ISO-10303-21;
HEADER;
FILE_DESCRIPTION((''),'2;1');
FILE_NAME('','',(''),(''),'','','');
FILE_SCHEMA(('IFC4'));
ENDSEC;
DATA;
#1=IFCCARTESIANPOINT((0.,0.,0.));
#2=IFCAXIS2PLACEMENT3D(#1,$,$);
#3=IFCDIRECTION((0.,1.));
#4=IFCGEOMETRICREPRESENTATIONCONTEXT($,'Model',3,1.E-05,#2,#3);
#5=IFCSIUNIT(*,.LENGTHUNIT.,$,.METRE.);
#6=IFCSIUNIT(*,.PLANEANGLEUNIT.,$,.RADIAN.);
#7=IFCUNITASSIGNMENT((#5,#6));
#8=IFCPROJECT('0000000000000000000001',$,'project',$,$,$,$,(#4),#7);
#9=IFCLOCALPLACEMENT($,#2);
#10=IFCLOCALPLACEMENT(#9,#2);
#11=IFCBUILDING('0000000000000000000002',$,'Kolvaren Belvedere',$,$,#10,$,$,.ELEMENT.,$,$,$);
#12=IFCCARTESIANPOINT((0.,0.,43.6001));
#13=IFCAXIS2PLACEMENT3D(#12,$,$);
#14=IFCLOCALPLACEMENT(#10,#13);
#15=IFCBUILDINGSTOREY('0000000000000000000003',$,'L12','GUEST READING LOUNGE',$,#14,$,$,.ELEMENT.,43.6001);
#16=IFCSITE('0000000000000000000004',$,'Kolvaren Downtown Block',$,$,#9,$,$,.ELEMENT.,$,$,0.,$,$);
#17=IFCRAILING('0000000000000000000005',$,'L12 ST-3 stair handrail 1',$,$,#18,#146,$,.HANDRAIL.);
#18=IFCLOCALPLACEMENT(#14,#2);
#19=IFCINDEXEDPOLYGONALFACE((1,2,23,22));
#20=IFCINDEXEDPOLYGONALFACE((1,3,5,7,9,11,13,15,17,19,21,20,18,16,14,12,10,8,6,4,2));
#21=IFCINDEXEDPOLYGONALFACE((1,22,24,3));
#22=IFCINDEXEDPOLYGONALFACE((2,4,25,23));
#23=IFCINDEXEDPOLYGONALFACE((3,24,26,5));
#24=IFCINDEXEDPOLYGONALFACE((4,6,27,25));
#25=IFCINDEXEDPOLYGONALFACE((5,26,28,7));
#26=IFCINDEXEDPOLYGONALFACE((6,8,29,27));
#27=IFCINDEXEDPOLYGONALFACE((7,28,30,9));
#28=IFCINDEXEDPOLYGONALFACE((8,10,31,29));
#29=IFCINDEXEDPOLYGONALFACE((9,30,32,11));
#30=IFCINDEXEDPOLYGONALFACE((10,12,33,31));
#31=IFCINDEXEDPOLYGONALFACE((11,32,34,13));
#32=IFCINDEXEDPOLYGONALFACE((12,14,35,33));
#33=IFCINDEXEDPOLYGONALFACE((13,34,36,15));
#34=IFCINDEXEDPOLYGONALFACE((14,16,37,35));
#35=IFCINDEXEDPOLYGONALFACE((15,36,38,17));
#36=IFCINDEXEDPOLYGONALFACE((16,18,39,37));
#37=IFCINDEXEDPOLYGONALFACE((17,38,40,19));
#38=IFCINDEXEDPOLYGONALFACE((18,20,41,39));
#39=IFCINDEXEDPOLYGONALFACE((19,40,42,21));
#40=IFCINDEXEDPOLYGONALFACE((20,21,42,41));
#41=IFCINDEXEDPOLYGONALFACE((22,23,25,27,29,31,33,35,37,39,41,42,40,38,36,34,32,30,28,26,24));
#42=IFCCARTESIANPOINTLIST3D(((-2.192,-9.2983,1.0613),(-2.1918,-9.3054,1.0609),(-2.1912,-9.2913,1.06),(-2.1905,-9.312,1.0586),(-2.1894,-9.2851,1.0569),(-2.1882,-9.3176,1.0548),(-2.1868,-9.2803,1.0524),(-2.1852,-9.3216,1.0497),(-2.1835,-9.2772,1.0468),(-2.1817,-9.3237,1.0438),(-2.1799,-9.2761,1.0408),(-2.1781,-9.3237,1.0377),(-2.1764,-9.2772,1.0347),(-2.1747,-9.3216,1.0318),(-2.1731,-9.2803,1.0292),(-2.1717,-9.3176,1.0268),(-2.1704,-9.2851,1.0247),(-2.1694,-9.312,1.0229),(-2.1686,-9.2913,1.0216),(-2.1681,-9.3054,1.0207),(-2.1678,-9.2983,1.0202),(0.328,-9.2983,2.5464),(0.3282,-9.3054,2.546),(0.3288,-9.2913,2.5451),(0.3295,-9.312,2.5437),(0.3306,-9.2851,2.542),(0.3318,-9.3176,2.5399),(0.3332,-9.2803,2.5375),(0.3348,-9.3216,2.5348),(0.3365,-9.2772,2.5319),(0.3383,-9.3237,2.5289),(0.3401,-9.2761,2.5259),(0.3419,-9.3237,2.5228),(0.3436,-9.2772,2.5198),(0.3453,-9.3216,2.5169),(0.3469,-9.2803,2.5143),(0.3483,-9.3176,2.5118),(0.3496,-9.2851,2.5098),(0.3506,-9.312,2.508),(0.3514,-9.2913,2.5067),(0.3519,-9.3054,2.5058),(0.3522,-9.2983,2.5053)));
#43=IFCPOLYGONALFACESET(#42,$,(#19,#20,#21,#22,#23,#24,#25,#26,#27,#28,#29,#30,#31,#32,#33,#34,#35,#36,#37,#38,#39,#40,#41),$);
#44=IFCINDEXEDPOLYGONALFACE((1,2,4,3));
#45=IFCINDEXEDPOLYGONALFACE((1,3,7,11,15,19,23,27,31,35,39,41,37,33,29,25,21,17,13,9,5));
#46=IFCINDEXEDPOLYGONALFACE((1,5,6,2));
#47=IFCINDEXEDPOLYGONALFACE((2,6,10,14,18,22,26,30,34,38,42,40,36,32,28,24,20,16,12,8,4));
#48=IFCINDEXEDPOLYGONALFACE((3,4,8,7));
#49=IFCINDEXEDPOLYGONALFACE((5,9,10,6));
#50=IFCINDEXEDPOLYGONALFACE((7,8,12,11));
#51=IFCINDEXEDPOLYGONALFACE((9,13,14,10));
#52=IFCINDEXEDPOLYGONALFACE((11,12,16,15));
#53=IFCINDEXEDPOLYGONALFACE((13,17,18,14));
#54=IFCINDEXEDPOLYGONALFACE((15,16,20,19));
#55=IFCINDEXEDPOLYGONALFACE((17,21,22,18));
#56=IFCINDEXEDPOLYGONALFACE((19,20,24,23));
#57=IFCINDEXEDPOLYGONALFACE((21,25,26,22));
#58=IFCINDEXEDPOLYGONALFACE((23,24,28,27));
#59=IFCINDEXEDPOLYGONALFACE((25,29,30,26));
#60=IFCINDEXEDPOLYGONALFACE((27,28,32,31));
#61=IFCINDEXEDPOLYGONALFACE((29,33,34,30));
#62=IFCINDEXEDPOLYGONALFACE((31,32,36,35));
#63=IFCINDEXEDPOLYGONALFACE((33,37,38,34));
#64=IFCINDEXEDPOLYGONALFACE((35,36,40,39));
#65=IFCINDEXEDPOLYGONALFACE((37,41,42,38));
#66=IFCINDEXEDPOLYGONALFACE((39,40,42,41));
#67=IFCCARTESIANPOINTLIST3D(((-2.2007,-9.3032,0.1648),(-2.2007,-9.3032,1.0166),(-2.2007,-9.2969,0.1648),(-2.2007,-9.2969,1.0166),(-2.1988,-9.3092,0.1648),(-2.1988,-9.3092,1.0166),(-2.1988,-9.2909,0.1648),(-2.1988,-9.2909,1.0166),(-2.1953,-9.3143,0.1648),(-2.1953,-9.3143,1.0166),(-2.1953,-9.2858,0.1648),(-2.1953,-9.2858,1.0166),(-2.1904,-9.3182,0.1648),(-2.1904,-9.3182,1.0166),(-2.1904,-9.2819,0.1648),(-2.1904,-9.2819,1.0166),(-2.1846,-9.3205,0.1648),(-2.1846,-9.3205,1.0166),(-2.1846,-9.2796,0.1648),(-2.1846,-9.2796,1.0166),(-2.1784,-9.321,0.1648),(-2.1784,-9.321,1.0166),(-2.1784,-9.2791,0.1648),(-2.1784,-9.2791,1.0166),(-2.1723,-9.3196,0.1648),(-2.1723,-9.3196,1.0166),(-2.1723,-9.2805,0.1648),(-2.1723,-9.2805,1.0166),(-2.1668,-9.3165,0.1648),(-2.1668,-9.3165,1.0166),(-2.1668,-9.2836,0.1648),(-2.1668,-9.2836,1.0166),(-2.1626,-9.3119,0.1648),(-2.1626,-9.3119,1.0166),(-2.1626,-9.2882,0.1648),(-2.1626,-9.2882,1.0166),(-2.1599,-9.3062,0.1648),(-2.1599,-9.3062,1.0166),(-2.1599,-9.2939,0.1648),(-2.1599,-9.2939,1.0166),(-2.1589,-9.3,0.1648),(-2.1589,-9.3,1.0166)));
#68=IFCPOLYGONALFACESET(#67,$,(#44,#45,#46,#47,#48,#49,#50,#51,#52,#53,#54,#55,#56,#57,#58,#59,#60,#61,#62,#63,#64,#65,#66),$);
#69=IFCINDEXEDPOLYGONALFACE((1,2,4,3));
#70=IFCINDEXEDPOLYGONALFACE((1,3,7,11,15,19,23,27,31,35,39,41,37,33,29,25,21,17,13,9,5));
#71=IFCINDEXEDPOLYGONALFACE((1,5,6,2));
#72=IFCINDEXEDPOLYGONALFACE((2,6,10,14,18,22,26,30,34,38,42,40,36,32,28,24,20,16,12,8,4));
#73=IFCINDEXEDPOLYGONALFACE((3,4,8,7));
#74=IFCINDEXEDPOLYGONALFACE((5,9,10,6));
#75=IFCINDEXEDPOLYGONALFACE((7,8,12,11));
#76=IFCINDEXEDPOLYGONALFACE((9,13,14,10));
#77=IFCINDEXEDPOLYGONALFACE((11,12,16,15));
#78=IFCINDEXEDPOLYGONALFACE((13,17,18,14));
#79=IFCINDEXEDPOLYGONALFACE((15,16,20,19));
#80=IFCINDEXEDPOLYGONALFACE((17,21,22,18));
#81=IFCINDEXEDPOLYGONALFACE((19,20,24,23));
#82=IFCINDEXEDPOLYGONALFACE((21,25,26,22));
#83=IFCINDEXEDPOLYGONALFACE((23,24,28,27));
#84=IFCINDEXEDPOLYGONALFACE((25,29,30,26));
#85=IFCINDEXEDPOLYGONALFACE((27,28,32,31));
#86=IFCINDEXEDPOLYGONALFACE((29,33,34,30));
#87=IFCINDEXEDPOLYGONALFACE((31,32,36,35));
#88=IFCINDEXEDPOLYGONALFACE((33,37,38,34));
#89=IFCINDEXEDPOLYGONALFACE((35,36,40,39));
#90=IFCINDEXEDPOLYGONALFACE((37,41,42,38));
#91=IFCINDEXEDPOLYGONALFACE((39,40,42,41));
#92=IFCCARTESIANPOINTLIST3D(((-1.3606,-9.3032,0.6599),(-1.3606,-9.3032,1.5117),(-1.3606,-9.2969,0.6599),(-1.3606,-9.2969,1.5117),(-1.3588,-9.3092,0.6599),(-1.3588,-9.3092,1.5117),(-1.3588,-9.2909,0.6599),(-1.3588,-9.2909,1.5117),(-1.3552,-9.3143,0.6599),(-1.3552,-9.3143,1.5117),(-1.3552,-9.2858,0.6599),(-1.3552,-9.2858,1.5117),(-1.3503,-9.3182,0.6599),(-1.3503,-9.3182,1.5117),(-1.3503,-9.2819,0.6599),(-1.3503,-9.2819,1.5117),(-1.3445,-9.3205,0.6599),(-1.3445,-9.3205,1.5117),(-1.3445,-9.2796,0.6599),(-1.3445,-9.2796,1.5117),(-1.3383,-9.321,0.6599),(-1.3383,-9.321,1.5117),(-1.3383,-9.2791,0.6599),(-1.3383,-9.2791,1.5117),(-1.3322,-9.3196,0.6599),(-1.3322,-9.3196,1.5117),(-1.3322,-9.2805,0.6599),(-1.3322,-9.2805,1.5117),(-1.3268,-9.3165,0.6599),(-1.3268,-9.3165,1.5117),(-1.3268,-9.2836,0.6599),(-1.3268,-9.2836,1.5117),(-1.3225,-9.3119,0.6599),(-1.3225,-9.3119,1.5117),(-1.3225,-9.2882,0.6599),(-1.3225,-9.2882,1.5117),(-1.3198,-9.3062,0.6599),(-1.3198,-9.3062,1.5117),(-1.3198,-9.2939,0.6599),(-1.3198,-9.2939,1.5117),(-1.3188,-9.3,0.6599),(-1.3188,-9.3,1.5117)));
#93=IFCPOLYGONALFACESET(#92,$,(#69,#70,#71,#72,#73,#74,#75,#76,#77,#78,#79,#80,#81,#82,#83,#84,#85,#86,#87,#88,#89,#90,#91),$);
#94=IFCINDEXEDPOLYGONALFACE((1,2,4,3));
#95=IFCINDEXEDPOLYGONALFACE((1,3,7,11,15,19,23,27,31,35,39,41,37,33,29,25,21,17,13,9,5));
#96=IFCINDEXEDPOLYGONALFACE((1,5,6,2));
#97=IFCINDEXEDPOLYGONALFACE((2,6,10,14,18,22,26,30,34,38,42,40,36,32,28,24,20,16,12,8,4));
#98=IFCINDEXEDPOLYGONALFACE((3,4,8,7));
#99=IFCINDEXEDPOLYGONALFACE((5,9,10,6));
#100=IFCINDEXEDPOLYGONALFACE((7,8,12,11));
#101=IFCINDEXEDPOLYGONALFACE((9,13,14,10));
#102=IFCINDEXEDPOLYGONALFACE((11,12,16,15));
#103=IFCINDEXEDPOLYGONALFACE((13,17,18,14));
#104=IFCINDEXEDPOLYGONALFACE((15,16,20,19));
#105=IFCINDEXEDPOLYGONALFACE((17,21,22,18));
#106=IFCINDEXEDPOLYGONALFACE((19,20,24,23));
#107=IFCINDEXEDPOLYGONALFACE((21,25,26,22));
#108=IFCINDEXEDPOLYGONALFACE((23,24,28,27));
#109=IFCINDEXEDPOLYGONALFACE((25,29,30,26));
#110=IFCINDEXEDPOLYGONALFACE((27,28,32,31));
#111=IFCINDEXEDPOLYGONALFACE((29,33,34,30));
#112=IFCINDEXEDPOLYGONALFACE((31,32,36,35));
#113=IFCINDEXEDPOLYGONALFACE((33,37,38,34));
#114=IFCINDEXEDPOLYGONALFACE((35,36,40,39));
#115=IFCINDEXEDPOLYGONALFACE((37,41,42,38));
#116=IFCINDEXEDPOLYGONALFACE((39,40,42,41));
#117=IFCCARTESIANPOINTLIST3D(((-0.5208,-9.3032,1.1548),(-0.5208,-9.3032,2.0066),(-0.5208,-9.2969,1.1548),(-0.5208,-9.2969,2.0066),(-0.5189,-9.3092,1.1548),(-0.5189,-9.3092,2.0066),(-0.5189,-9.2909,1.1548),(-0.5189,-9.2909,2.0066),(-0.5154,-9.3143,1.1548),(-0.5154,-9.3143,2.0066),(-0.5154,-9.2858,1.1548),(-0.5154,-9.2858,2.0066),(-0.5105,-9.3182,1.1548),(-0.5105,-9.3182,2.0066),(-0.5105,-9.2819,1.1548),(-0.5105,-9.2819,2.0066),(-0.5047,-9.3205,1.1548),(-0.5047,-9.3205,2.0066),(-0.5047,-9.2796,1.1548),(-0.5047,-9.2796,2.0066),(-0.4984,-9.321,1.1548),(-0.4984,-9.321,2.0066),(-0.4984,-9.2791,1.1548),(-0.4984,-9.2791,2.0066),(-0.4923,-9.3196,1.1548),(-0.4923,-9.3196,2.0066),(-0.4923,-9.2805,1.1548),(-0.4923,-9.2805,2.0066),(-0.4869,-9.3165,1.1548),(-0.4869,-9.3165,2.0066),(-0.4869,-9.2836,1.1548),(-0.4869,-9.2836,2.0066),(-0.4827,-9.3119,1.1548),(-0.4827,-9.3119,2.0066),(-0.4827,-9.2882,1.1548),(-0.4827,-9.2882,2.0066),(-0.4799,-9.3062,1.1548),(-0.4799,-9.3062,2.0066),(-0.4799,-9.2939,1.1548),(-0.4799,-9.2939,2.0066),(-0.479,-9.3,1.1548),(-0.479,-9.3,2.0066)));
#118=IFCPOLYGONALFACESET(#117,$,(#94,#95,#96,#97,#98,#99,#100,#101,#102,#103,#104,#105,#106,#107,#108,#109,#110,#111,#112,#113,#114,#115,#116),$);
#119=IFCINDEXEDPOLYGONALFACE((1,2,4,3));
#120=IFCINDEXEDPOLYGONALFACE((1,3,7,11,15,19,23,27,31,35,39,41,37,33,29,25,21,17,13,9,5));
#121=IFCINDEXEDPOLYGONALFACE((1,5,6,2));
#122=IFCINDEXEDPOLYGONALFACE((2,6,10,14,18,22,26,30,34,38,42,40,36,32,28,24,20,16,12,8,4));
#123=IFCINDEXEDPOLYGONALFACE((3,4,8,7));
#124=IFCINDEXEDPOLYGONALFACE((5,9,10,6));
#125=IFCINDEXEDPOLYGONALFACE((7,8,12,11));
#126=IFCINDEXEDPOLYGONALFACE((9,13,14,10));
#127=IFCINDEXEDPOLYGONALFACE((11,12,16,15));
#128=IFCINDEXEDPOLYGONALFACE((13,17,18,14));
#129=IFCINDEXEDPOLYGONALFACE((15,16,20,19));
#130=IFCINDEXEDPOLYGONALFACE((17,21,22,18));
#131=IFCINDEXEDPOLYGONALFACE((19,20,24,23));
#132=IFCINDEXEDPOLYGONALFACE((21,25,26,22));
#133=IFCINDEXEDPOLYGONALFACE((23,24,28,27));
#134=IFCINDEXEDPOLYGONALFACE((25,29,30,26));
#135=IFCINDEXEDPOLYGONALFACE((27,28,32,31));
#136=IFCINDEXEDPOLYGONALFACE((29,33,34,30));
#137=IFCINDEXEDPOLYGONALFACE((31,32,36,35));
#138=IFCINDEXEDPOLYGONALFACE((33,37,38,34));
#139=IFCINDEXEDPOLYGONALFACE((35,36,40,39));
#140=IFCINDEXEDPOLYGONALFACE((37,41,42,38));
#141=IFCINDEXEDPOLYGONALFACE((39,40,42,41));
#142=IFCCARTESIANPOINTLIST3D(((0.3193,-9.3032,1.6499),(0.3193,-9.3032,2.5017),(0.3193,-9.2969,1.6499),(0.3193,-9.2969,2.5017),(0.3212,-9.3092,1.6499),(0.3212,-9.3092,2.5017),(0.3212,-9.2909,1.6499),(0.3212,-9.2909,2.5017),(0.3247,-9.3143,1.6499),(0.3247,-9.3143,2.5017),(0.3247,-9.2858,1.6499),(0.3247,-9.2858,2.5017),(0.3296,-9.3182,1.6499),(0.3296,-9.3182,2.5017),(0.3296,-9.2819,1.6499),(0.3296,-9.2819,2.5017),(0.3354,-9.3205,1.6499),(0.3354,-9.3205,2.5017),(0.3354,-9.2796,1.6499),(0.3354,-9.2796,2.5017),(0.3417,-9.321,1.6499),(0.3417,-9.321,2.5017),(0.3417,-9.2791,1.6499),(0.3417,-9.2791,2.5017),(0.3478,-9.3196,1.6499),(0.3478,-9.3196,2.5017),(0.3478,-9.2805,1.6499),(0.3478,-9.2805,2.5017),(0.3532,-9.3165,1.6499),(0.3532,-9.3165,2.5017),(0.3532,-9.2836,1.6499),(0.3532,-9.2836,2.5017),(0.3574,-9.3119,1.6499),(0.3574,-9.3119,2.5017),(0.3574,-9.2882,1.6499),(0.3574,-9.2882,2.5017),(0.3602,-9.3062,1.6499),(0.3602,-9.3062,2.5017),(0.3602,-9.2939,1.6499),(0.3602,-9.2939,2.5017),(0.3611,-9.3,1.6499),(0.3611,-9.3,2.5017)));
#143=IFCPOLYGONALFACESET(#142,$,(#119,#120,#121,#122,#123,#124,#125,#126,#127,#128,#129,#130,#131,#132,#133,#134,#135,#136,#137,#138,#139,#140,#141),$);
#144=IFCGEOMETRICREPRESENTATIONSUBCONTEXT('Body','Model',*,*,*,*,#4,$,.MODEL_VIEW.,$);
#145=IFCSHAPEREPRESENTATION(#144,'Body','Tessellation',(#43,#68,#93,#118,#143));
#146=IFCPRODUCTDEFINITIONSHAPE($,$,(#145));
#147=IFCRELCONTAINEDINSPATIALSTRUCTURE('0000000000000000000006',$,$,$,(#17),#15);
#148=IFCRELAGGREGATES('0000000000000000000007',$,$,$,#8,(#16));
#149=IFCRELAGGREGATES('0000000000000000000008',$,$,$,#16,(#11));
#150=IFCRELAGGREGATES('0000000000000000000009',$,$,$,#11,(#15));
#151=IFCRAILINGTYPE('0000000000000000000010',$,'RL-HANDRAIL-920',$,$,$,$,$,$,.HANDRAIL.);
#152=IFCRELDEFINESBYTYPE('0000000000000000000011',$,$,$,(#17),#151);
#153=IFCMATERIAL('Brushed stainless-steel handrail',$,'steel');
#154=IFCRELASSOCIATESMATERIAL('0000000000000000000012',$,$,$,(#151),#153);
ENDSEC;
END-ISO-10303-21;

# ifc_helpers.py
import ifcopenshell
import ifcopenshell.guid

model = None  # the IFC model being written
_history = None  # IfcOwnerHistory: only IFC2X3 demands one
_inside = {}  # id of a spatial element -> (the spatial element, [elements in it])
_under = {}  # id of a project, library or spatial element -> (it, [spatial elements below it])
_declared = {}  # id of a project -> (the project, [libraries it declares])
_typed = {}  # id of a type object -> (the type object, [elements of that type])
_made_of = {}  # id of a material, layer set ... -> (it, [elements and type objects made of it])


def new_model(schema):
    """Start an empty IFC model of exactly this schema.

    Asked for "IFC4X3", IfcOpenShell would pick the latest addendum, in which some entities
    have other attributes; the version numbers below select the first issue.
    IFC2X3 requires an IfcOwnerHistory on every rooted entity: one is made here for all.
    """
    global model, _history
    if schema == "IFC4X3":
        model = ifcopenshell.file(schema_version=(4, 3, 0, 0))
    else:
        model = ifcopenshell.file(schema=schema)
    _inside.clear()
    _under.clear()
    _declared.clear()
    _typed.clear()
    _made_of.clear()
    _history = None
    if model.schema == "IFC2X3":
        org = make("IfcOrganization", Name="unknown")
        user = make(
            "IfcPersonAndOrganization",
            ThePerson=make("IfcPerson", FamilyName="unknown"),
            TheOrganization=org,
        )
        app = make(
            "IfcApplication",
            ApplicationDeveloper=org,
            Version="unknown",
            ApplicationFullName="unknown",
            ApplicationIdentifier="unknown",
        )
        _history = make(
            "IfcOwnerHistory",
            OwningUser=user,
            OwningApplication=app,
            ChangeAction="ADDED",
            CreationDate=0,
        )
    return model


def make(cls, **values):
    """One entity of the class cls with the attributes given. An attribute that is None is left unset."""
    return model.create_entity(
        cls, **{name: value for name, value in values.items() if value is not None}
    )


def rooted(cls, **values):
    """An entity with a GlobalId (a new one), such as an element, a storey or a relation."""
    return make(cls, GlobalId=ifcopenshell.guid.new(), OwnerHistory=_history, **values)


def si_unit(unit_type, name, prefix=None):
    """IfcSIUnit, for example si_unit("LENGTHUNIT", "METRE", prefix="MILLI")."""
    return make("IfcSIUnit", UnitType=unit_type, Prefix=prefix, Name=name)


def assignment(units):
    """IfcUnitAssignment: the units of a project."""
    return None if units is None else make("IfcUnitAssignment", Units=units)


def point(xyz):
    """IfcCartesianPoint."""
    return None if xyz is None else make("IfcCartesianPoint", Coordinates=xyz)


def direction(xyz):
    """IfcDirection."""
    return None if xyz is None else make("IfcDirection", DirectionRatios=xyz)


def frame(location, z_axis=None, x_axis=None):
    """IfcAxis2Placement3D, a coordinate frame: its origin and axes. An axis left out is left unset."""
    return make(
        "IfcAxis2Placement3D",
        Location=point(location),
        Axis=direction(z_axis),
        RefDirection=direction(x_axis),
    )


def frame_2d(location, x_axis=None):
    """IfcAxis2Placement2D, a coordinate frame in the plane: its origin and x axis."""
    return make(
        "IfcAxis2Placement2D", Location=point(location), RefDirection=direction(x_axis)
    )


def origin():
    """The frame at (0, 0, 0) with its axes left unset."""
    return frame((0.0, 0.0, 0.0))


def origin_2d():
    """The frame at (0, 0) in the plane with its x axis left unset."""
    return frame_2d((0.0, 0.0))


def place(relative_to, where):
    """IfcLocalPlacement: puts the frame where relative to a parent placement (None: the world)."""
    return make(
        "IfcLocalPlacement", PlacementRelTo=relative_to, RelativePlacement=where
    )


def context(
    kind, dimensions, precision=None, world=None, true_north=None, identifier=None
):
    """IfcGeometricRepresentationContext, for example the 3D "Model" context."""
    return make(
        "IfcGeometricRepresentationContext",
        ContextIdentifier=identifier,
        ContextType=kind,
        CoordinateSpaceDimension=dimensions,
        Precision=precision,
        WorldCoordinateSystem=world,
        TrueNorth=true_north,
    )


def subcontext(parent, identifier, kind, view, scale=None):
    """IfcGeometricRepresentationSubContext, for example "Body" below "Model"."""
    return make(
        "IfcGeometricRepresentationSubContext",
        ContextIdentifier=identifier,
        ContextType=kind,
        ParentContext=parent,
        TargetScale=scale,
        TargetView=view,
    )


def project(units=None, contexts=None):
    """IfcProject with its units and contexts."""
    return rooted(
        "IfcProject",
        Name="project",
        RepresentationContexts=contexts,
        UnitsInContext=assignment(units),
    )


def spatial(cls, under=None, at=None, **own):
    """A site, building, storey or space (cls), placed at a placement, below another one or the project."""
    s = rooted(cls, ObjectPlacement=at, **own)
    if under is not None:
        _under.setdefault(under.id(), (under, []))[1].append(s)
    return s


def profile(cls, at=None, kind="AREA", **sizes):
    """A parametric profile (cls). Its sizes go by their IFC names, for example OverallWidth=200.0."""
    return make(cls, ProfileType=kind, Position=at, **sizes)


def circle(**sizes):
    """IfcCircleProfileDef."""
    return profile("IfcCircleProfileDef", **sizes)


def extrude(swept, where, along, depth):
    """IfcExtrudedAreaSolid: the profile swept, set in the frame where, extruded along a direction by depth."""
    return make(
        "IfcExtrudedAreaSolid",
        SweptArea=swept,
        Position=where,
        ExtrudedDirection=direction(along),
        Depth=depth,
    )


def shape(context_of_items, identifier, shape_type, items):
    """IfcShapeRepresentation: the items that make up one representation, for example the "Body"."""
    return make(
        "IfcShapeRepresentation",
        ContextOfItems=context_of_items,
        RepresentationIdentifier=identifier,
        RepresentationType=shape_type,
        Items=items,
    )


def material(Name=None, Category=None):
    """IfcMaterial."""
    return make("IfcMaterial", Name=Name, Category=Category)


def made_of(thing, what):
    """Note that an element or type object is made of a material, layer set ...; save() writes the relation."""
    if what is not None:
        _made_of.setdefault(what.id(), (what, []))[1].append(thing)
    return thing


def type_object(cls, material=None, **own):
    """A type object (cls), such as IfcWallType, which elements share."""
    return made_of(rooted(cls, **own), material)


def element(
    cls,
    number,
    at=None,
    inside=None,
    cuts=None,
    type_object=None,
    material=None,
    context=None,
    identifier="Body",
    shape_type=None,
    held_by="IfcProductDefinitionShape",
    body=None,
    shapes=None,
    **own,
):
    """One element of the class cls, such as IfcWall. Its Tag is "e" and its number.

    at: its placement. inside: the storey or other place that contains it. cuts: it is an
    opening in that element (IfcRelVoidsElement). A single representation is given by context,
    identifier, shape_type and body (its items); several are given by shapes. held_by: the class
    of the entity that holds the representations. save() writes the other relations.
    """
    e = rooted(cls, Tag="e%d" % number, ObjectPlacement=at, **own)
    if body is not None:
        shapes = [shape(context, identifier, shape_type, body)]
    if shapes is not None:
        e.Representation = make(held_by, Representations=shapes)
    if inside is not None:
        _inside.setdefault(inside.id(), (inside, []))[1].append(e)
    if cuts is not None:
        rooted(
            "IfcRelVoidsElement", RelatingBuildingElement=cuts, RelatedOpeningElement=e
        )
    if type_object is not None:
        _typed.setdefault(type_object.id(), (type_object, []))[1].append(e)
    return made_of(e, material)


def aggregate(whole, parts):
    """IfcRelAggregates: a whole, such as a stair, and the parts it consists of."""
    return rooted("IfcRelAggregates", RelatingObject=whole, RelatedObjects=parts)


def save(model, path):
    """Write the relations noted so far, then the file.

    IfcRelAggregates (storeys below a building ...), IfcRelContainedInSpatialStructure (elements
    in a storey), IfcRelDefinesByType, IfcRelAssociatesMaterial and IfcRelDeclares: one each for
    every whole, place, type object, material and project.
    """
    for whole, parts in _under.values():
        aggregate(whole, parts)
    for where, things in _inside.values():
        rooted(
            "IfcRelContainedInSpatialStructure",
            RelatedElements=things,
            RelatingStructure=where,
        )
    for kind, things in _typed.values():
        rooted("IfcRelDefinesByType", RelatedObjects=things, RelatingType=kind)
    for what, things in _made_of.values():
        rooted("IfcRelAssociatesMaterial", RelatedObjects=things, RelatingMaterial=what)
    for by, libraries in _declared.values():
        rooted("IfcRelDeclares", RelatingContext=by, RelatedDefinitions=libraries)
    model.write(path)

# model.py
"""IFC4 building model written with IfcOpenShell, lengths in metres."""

from ifc_helpers import new_model, si_unit, direction, frame, origin, origin_2d, place, context, subcontext, project, spatial, circle, extrude, material, type_object, element, save


model = new_model("IFC4")

# Units and contexts
model_context = context("Model", 3, precision=1e-05, world=origin(), true_north=direction((0.0, 1.0)))
body_context = subcontext(model_context, "Body", "Model", "MODEL_VIEW")
ifc_project = project(units=[si_unit("LENGTHUNIT", "METRE"), si_unit("PLANEANGLEUNIT", "RADIAN")], contexts=[model_context])

# Site, building, storey
site_placement = place(None, origin())
site = spatial("IfcSite", under=ifc_project, at=site_placement, Name="Kolvaren Downtown Block", CompositionType="ELEMENT", RefElevation=0.0)
building_placement = place(site_placement, origin())
building = spatial("IfcBuilding", under=site, at=building_placement, Name="Kolvaren Belvedere", CompositionType="ELEMENT")
storey_placement = place(building_placement, frame((0.0, 0.0, 43.6001)))
storey = spatial("IfcBuildingStorey", under=building, at=storey_placement, Name="L12", Description="GUEST READING LOUNGE", CompositionType="ELEMENT", Elevation=43.6001)

# Railing
ifc_material_1 = material(Name="Brushed stainless-steel handrail", Category="steel")
railing_type_1 = type_object("IfcRailingType", Name="RL-HANDRAIL-920", PredefinedType="HANDRAIL", material=ifc_material_1)
railing_1_placement = place(storey_placement, frame((-2.1799, -9.3, 0.1648)))
element("IfcRailing", 1, at=railing_1_placement, inside=storey, type_object=railing_type_1, Name="L12 ST-3 stair handrail 1", PredefinedType="HANDRAIL", context=body_context, shape_type="SweptSolid", body=[
    extrude(circle(Radius=0.0239, at=origin_2d()), frame((0.0, 0.0, 0.876), z_axis=(0.861524, 0.0, 0.507717), x_axis=(0.0, 1.0, 0.0)), (0.0, 0.0, 1.0), 2.925),
    extrude(circle(Radius=0.021, at=origin_2d()), origin(), (0.0, 0.0, 1.0), 0.8518),
    extrude(circle(Radius=0.021, at=origin_2d()), frame((0.8401, 0.0, 0.4951)), (0.0, 0.0, 1.0), 0.8518),
    extrude(circle(Radius=0.021, at=origin_2d()), frame((1.6799, 0.0, 0.99)), (0.0, 0.0, 1.0), 0.8518),
    extrude(circle(Radius=0.021, at=origin_2d()), frame((2.52, 0.0, 1.4851)), (0.0, 0.0, 1.0), 0.8518),
])

save(model, "model.ifc")
